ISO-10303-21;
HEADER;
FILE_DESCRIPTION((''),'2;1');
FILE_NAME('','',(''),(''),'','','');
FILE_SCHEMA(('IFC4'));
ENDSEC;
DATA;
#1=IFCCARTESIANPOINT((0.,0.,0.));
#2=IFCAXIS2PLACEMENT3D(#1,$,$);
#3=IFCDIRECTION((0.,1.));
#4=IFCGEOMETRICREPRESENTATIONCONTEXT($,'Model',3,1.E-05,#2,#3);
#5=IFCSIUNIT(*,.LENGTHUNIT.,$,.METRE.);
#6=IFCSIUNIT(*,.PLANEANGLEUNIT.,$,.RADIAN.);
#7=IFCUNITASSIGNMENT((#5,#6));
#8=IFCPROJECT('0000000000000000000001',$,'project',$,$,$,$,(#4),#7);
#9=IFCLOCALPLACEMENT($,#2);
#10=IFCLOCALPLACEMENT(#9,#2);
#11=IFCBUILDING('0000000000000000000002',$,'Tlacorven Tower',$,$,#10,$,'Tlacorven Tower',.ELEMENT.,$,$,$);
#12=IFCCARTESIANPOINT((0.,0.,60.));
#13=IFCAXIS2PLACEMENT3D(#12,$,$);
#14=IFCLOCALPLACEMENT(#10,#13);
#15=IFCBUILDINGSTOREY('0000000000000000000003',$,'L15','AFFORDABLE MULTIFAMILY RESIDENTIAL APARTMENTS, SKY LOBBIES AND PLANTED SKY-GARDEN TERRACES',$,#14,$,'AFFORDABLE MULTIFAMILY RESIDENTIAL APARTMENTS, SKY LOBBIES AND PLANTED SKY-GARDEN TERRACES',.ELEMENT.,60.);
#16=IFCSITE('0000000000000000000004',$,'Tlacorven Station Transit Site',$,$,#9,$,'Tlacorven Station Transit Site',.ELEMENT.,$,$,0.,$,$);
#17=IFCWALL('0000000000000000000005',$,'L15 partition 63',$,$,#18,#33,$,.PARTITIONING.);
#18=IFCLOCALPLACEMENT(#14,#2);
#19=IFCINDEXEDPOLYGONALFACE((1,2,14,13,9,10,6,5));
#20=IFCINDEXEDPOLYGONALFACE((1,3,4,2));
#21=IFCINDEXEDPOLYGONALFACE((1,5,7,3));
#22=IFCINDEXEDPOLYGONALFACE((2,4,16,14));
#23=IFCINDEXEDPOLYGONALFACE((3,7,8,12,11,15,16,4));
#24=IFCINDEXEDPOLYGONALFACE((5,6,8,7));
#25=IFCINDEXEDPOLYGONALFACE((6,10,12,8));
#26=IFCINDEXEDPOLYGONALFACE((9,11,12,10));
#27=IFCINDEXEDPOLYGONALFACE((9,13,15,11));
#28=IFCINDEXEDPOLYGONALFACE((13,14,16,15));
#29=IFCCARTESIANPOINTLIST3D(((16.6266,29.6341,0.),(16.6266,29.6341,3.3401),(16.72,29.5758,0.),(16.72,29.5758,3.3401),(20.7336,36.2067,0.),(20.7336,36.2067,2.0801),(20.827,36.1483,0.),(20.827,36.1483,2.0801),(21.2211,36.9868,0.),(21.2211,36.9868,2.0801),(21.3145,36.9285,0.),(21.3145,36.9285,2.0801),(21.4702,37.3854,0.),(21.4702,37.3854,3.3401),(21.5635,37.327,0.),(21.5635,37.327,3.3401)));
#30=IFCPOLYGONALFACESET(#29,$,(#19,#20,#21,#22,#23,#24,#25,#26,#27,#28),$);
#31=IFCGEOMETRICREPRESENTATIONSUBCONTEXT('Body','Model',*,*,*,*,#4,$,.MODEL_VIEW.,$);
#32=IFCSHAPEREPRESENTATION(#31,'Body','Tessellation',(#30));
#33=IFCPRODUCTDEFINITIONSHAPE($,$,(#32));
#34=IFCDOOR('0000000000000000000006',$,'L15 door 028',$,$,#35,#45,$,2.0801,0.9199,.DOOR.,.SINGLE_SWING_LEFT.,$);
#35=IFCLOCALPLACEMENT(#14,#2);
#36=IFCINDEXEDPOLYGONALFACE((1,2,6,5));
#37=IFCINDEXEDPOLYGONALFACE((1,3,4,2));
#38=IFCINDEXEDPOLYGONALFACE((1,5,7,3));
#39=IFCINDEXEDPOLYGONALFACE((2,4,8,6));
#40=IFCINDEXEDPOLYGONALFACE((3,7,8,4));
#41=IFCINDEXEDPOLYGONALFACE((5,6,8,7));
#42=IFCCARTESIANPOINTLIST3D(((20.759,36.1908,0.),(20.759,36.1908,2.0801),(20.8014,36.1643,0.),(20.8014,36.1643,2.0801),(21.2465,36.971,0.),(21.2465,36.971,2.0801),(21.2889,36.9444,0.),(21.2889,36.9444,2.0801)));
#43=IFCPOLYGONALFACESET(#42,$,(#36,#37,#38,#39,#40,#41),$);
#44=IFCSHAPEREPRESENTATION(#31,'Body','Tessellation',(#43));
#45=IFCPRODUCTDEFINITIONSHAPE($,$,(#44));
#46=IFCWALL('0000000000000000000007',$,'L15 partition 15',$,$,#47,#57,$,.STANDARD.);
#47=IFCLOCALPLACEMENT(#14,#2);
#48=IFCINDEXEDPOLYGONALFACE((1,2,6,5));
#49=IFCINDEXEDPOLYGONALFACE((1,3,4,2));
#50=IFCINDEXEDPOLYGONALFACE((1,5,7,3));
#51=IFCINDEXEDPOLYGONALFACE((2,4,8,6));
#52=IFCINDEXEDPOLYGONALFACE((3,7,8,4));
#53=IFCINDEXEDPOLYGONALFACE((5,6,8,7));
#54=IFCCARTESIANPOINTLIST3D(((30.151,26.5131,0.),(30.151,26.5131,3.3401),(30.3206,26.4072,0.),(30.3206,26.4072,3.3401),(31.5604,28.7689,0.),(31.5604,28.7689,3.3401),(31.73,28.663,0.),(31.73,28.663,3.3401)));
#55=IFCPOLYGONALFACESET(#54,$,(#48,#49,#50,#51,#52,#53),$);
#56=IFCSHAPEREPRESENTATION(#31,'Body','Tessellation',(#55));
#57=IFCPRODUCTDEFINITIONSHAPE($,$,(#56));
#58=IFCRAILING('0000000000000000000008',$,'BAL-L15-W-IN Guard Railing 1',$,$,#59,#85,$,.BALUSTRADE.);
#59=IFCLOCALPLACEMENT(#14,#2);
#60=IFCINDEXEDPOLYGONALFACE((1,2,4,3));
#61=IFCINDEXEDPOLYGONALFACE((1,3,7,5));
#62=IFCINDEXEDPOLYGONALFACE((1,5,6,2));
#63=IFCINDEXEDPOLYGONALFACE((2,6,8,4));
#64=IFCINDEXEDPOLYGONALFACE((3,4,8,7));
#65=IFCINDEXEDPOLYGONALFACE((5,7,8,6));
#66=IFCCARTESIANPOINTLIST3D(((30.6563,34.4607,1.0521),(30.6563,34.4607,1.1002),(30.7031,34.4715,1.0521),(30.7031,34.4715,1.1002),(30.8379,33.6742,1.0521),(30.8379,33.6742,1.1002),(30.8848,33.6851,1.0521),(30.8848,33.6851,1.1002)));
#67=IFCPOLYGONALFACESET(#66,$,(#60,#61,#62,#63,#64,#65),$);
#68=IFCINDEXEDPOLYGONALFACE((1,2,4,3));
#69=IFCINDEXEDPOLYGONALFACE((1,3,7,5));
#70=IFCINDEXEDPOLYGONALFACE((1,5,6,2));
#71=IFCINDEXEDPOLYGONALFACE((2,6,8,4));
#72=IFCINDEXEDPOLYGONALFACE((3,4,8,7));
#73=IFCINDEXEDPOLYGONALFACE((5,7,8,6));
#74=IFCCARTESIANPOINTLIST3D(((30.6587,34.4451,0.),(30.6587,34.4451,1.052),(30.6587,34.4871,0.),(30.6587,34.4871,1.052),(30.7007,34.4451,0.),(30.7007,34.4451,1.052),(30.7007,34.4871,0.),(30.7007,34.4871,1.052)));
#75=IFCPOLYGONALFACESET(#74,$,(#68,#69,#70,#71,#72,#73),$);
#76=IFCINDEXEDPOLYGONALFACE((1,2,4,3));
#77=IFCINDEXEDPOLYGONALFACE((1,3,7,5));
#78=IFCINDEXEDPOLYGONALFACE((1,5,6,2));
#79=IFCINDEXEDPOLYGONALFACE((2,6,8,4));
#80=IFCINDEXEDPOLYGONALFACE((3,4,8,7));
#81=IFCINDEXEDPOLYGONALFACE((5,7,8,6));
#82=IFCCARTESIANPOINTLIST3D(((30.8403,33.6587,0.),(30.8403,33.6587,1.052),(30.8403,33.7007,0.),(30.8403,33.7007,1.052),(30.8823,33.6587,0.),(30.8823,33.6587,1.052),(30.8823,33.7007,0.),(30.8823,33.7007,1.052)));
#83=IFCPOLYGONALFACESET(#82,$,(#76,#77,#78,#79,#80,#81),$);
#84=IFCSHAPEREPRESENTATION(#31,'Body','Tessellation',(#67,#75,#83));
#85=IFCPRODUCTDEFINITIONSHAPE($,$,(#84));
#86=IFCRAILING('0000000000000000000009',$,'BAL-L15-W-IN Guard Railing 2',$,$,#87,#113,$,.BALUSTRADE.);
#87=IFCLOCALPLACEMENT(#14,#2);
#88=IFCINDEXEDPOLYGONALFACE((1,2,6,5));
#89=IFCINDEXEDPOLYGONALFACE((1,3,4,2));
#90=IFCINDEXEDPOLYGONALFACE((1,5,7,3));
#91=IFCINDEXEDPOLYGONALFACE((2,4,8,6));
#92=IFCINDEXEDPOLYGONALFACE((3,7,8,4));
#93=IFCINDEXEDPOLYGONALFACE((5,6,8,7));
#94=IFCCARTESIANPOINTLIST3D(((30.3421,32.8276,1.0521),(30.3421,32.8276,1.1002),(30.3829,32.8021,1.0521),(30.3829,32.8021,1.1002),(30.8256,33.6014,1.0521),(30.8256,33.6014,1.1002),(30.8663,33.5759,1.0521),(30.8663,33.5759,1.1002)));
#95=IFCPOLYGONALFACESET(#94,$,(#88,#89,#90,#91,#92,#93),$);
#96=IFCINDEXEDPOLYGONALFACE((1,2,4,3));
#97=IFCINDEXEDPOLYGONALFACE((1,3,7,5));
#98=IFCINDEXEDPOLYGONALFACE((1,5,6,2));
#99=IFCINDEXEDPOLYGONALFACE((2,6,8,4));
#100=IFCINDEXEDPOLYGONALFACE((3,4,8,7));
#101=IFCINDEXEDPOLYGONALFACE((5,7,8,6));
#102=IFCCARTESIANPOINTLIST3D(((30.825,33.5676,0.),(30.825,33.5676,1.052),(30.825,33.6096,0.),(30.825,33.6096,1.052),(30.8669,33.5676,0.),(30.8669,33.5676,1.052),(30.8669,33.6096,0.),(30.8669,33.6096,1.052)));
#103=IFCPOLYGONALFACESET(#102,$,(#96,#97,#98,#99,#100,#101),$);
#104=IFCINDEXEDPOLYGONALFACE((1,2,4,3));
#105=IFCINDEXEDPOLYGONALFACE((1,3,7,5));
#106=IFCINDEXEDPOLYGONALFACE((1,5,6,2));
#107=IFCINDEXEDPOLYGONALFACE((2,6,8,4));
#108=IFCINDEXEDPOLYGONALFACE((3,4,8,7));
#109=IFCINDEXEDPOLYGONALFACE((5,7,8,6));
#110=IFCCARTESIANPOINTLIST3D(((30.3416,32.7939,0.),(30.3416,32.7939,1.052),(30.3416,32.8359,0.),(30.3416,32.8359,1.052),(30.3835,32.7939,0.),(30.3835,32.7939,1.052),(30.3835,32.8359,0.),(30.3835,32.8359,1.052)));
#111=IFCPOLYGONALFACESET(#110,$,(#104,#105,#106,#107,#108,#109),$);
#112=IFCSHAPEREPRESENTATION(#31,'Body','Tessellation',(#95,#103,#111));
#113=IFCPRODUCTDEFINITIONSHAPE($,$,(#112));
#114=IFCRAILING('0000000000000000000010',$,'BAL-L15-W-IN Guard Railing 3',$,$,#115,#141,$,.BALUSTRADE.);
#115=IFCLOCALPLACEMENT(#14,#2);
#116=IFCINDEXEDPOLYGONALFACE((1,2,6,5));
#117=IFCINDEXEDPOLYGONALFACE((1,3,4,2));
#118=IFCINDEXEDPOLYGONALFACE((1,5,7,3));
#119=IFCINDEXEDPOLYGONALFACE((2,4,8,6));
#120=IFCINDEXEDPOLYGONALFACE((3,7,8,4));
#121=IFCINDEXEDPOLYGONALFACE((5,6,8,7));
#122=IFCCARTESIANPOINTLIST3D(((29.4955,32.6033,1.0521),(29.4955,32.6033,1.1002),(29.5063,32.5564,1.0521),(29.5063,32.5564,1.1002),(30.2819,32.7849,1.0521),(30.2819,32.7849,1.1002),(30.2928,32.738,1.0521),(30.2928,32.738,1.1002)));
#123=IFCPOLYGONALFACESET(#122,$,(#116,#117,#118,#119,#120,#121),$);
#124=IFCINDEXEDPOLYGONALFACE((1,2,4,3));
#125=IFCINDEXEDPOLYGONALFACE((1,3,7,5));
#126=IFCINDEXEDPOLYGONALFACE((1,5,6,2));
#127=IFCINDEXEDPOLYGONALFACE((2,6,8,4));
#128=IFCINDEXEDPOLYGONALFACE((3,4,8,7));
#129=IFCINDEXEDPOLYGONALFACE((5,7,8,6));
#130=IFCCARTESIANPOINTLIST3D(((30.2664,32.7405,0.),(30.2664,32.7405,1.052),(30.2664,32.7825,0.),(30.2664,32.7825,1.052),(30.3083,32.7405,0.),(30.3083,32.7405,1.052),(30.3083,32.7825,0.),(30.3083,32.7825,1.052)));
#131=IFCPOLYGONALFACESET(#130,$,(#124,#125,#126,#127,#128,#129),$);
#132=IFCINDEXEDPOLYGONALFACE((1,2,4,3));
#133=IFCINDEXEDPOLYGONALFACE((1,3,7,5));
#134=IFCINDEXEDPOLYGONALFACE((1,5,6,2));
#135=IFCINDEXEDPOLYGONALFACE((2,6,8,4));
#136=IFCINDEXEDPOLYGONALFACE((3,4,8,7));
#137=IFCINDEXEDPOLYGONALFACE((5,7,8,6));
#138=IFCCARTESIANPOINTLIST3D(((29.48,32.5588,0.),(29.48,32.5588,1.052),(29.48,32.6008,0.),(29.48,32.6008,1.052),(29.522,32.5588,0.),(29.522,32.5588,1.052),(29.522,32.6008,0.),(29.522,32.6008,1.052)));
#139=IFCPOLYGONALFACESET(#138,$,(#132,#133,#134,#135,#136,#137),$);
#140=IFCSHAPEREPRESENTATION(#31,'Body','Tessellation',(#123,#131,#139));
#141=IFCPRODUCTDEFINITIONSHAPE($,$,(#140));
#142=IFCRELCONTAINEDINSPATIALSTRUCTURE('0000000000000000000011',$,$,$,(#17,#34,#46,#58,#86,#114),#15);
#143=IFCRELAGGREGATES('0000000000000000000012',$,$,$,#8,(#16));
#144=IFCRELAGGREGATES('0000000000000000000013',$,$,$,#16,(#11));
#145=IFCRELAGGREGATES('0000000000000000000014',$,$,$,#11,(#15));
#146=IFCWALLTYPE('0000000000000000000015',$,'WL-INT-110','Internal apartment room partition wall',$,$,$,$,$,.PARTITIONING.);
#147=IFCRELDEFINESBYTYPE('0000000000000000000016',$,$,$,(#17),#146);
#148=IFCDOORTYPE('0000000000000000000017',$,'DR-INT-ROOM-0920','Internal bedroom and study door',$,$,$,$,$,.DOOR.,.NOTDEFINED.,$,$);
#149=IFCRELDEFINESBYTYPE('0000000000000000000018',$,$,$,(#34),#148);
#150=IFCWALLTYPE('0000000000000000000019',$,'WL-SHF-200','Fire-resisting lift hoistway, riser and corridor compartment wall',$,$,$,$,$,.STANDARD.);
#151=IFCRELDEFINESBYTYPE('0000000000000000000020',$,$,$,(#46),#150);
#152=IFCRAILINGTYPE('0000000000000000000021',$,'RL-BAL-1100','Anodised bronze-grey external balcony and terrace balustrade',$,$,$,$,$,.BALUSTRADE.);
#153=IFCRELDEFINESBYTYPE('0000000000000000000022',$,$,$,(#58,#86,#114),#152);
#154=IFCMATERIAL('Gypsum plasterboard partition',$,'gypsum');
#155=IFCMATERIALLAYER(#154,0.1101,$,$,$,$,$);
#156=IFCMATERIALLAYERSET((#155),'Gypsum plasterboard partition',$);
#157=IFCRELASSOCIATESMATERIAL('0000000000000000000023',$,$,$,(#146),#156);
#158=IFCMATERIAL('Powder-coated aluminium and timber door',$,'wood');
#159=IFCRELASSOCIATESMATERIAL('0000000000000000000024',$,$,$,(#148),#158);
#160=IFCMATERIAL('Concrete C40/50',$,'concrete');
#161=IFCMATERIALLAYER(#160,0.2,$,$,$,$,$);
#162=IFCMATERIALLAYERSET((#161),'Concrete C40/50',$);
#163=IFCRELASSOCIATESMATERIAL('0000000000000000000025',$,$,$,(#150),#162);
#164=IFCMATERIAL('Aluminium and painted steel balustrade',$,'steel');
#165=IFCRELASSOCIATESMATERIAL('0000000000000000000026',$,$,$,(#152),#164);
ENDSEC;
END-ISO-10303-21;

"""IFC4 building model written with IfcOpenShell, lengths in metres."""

from ifc_helpers import new_model, si_unit, direction, frame, frame_2d, origin, origin_2d, place, context, subcontext, project, spatial, rectangle, extrude, source, transform, mapped, material, layer, layer_set, type_object, element, fill, save


model = new_model("IFC4")

# Units and contexts
model_context = context("Model", 3, precision=1e-05, world=origin(), true_north=direction((0.0, 1.0)))
body_context = subcontext(model_context, "Body", "Model", "MODEL_VIEW")
ifc_project = project(units=[si_unit("LENGTHUNIT", "METRE"), si_unit("PLANEANGLEUNIT", "RADIAN")], contexts=[model_context])

# Site, building, storey
site_placement = place(None, origin())
site = spatial("IfcSite", under=ifc_project, at=site_placement, Name="Tlacorven Station Transit Site", LongName="Tlacorven Station Transit Site", CompositionType="ELEMENT", RefElevation=0.0)
building_placement = place(site_placement, origin())
building = spatial("IfcBuilding", under=site, at=building_placement, Name="Tlacorven Tower", LongName="Tlacorven Tower", CompositionType="ELEMENT")
storey_placement = place(building_placement, frame((0.0, 0.0, 60.0)))
storey = spatial("IfcBuildingStorey", under=building, at=storey_placement, Name="L15", Description="AFFORDABLE MULTIFAMILY RESIDENTIAL APARTMENTS, SKY LOBBIES AND PLANTED SKY-GARDEN TERRACES", LongName="AFFORDABLE MULTIFAMILY RESIDENTIAL APARTMENTS, SKY LOBBIES AND PLANTED SKY-GARDEN TERRACES", CompositionType="ELEMENT", Elevation=60.0)

# Wall, opening, door
ifc_material_1 = material(Name="Gypsum plasterboard partition", Category="gypsum")
ifc_layer_1 = layer(ifc_material_1, 0.1101)
ifc_layer_set_1 = layer_set([ifc_layer_1], Name="Gypsum plasterboard partition")
wall_type_1 = type_object("IfcWallType", Name="WL-INT-110", Description="Internal apartment room partition wall", PredefinedType="PARTITIONING", material=ifc_layer_set_1)
ifc_material_2 = material(Name="Powder-coated aluminium and timber door", Category="wood")
door_type = type_object("IfcDoorType", Name="DR-INT-ROOM-0920", Description="Internal bedroom and study door", OperationType="NOTDEFINED", PredefinedType="DOOR", material=ifc_material_2)
shared_shape_1 = source(origin(), body_context, "Body", "SweptSolid", [
    extrude(rectangle(XDim=0.9199, YDim=2.0801, at=frame_2d((0.46, 1.04))), frame((0.0, 0.0249, 0.0), z_axis=(0.0, -1.0, 0.0), x_axis=(1.0, 0.0, 0.0)), (0.0, 0.0, 1.0), 0.05),
])
wall_1_placement = place(storey_placement, frame((21.5168, 37.3562, 0.0), z_axis=(0.0, 0.0, 1.0), x_axis=(-0.52992, -0.848048, 0.0)))
wall_1 = element("IfcWall", 1, at=wall_1_placement, inside=storey, type_object=wall_type_1, Name="L15 partition 63", PredefinedType="PARTITIONING", context=body_context, shape_type="SweptSolid", body=[
    extrude(rectangle(XDim=9.1401, YDim=0.1101, at=frame_2d((4.5701, 0.0))), origin(), (0.0, 0.0, 1.0), 3.3401),
])
opening_1_placement = place(wall_1_placement, frame((0.47, 0.0, 0.0)))
opening_1 = element("IfcOpeningElement", 2, at=opening_1_placement, cuts=wall_1, PredefinedType="OPENING", context=body_context, shape_type="SweptSolid", body=[
    extrude(rectangle(XDim=0.9199, YDim=2.0801, at=frame_2d((0.46, 1.04))), frame((0.0, 0.0649, 0.0), z_axis=(0.0, -1.0, 0.0), x_axis=(1.0, 0.0, 0.0)), (0.0, 0.0, 1.0), 0.1301),
])
door_1_placement = place(opening_1_placement, origin())
door_1 = element("IfcDoor", 3, at=door_1_placement, inside=storey, type_object=door_type, Name="L15 door 028", OperationType="SINGLE_SWING_LEFT", OverallHeight=2.0801, OverallWidth=0.9199, PredefinedType="DOOR", context=body_context, shape_type="MappedRepresentation", body=[
    mapped(shared_shape_1, transform((0.0, 0.0, 0.0), scale=1.0)),
])
fill(opening_1, door_1)

# Wall
ifc_material_3 = material(Name="Concrete C40/50", Category="concrete")
ifc_layer_2 = layer(ifc_material_3, 0.2)
ifc_layer_set_2 = layer_set([ifc_layer_2], Name="Concrete C40/50")
wall_type_2 = type_object("IfcWallType", Name="WL-SHF-200", Description="Fire-resisting lift hoistway, riser and corridor compartment wall", PredefinedType="STANDARD", material=ifc_layer_set_2)
wall_2_placement = place(storey_placement, frame((31.6453, 28.7161, 0.0), z_axis=(0.0, 0.0, 1.0), x_axis=(-0.529867, -0.848081, 0.0)))
element("IfcWall", 4, at=wall_2_placement, inside=storey, type_object=wall_type_2, Name="L15 partition 15", PredefinedType="STANDARD", context=body_context, shape_type="SweptSolid", body=[
    extrude(rectangle(XDim=2.6599, YDim=0.2, at=frame_2d((1.3301, 0.0))), origin(), (0.0, 0.0, 1.0), 3.3401),
])

# Railings
ifc_material_4 = material(Name="Aluminium and painted steel balustrade", Category="steel")
railing_type = type_object("IfcRailingType", Name="RL-BAL-1100", Description="Anodised bronze-grey external balcony and terrace balustrade", PredefinedType="BALUSTRADE", material=ifc_material_4)
shared_shape_2 = source(origin(), body_context, "Body", "SweptSolid", [
    extrude(rectangle(XDim=0.0481, YDim=0.0481, at=origin_2d()), frame((0.0, 0.0, 1.0762), z_axis=(0.225058, -0.974345, 0.0), x_axis=(0.974345, 0.225058, 0.0)), (0.0, 0.0, 1.0), 0.8071),
    extrude(rectangle(XDim=0.042, YDim=0.042, at=origin_2d()), origin(), (0.0, 0.0, 1.0), 1.052),
    extrude(rectangle(XDim=0.042, YDim=0.042, at=origin_2d()), frame((0.1816, -0.7864, 0.0)), (0.0, 0.0, 1.0), 1.052),
])
railing_1_placement = place(storey_placement, frame((30.6797, 34.4661, 0.0)))
element("IfcRailing", 5, at=railing_1_placement, inside=storey, type_object=railing_type, Name="BAL-L15-W-IN Guard Railing 1", PredefinedType="BALUSTRADE", context=body_context, shape_type="MappedRepresentation", body=[
    mapped(shared_shape_2, transform((0.0, 0.0, 0.0), scale=1.0)),
])
shared_shape_3 = source(origin(), body_context, "Body", "SweptSolid", [
    extrude(rectangle(XDim=0.0481, YDim=0.0481, at=origin_2d()), frame((0.0, 0.0, 1.0762), z_axis=(-0.529879, -0.848073, 0.0), x_axis=(0.848073, -0.529879, 0.0)), (0.0, 0.0, 1.0), 0.9124),
    extrude(rectangle(XDim=0.042, YDim=0.042, at=origin_2d()), origin(), (0.0, 0.0, 1.0), 1.052),
    extrude(rectangle(XDim=0.042, YDim=0.042, at=origin_2d()), frame((-0.4834, -0.7737, 0.0)), (0.0, 0.0, 1.0), 1.052),
])
railing_2_placement = place(storey_placement, frame((30.8459, 33.5886, 0.0)))
element("IfcRailing", 6, at=railing_2_placement, inside=storey, type_object=railing_type, Name="BAL-L15-W-IN Guard Railing 2", PredefinedType="BALUSTRADE", context=body_context, shape_type="MappedRepresentation", body=[
    mapped(shared_shape_3, transform((0.0, 0.0, 0.0), scale=1.0)),
])
shared_shape_4 = source(origin(), body_context, "Body", "SweptSolid", [
    extrude(rectangle(XDim=0.0481, YDim=0.0481, at=origin_2d()), frame((0.0, 0.0, 1.0762), z_axis=(-0.974345, -0.225058, 0.0), x_axis=(0.225058, -0.974345, 0.0)), (0.0, 0.0, 1.0), 0.8071),
    extrude(rectangle(XDim=0.042, YDim=0.042, at=origin_2d()), origin(), (0.0, 0.0, 1.0), 1.052),
    extrude(rectangle(XDim=0.042, YDim=0.042, at=origin_2d()), frame((-0.7864, -0.1816, 0.0)), (0.0, 0.0, 1.0), 1.052),
])
railing_3_placement = place(storey_placement, frame((30.2874, 32.7615, 0.0)))
element("IfcRailing", 7, at=railing_3_placement, inside=storey, type_object=railing_type, Name="BAL-L15-W-IN Guard Railing 3", PredefinedType="BALUSTRADE", context=body_context, shape_type="MappedRepresentation", body=[
    mapped(shared_shape_4, transform((0.0, 0.0, 0.0), scale=1.0)),
])

save(model, "model.ifc")
